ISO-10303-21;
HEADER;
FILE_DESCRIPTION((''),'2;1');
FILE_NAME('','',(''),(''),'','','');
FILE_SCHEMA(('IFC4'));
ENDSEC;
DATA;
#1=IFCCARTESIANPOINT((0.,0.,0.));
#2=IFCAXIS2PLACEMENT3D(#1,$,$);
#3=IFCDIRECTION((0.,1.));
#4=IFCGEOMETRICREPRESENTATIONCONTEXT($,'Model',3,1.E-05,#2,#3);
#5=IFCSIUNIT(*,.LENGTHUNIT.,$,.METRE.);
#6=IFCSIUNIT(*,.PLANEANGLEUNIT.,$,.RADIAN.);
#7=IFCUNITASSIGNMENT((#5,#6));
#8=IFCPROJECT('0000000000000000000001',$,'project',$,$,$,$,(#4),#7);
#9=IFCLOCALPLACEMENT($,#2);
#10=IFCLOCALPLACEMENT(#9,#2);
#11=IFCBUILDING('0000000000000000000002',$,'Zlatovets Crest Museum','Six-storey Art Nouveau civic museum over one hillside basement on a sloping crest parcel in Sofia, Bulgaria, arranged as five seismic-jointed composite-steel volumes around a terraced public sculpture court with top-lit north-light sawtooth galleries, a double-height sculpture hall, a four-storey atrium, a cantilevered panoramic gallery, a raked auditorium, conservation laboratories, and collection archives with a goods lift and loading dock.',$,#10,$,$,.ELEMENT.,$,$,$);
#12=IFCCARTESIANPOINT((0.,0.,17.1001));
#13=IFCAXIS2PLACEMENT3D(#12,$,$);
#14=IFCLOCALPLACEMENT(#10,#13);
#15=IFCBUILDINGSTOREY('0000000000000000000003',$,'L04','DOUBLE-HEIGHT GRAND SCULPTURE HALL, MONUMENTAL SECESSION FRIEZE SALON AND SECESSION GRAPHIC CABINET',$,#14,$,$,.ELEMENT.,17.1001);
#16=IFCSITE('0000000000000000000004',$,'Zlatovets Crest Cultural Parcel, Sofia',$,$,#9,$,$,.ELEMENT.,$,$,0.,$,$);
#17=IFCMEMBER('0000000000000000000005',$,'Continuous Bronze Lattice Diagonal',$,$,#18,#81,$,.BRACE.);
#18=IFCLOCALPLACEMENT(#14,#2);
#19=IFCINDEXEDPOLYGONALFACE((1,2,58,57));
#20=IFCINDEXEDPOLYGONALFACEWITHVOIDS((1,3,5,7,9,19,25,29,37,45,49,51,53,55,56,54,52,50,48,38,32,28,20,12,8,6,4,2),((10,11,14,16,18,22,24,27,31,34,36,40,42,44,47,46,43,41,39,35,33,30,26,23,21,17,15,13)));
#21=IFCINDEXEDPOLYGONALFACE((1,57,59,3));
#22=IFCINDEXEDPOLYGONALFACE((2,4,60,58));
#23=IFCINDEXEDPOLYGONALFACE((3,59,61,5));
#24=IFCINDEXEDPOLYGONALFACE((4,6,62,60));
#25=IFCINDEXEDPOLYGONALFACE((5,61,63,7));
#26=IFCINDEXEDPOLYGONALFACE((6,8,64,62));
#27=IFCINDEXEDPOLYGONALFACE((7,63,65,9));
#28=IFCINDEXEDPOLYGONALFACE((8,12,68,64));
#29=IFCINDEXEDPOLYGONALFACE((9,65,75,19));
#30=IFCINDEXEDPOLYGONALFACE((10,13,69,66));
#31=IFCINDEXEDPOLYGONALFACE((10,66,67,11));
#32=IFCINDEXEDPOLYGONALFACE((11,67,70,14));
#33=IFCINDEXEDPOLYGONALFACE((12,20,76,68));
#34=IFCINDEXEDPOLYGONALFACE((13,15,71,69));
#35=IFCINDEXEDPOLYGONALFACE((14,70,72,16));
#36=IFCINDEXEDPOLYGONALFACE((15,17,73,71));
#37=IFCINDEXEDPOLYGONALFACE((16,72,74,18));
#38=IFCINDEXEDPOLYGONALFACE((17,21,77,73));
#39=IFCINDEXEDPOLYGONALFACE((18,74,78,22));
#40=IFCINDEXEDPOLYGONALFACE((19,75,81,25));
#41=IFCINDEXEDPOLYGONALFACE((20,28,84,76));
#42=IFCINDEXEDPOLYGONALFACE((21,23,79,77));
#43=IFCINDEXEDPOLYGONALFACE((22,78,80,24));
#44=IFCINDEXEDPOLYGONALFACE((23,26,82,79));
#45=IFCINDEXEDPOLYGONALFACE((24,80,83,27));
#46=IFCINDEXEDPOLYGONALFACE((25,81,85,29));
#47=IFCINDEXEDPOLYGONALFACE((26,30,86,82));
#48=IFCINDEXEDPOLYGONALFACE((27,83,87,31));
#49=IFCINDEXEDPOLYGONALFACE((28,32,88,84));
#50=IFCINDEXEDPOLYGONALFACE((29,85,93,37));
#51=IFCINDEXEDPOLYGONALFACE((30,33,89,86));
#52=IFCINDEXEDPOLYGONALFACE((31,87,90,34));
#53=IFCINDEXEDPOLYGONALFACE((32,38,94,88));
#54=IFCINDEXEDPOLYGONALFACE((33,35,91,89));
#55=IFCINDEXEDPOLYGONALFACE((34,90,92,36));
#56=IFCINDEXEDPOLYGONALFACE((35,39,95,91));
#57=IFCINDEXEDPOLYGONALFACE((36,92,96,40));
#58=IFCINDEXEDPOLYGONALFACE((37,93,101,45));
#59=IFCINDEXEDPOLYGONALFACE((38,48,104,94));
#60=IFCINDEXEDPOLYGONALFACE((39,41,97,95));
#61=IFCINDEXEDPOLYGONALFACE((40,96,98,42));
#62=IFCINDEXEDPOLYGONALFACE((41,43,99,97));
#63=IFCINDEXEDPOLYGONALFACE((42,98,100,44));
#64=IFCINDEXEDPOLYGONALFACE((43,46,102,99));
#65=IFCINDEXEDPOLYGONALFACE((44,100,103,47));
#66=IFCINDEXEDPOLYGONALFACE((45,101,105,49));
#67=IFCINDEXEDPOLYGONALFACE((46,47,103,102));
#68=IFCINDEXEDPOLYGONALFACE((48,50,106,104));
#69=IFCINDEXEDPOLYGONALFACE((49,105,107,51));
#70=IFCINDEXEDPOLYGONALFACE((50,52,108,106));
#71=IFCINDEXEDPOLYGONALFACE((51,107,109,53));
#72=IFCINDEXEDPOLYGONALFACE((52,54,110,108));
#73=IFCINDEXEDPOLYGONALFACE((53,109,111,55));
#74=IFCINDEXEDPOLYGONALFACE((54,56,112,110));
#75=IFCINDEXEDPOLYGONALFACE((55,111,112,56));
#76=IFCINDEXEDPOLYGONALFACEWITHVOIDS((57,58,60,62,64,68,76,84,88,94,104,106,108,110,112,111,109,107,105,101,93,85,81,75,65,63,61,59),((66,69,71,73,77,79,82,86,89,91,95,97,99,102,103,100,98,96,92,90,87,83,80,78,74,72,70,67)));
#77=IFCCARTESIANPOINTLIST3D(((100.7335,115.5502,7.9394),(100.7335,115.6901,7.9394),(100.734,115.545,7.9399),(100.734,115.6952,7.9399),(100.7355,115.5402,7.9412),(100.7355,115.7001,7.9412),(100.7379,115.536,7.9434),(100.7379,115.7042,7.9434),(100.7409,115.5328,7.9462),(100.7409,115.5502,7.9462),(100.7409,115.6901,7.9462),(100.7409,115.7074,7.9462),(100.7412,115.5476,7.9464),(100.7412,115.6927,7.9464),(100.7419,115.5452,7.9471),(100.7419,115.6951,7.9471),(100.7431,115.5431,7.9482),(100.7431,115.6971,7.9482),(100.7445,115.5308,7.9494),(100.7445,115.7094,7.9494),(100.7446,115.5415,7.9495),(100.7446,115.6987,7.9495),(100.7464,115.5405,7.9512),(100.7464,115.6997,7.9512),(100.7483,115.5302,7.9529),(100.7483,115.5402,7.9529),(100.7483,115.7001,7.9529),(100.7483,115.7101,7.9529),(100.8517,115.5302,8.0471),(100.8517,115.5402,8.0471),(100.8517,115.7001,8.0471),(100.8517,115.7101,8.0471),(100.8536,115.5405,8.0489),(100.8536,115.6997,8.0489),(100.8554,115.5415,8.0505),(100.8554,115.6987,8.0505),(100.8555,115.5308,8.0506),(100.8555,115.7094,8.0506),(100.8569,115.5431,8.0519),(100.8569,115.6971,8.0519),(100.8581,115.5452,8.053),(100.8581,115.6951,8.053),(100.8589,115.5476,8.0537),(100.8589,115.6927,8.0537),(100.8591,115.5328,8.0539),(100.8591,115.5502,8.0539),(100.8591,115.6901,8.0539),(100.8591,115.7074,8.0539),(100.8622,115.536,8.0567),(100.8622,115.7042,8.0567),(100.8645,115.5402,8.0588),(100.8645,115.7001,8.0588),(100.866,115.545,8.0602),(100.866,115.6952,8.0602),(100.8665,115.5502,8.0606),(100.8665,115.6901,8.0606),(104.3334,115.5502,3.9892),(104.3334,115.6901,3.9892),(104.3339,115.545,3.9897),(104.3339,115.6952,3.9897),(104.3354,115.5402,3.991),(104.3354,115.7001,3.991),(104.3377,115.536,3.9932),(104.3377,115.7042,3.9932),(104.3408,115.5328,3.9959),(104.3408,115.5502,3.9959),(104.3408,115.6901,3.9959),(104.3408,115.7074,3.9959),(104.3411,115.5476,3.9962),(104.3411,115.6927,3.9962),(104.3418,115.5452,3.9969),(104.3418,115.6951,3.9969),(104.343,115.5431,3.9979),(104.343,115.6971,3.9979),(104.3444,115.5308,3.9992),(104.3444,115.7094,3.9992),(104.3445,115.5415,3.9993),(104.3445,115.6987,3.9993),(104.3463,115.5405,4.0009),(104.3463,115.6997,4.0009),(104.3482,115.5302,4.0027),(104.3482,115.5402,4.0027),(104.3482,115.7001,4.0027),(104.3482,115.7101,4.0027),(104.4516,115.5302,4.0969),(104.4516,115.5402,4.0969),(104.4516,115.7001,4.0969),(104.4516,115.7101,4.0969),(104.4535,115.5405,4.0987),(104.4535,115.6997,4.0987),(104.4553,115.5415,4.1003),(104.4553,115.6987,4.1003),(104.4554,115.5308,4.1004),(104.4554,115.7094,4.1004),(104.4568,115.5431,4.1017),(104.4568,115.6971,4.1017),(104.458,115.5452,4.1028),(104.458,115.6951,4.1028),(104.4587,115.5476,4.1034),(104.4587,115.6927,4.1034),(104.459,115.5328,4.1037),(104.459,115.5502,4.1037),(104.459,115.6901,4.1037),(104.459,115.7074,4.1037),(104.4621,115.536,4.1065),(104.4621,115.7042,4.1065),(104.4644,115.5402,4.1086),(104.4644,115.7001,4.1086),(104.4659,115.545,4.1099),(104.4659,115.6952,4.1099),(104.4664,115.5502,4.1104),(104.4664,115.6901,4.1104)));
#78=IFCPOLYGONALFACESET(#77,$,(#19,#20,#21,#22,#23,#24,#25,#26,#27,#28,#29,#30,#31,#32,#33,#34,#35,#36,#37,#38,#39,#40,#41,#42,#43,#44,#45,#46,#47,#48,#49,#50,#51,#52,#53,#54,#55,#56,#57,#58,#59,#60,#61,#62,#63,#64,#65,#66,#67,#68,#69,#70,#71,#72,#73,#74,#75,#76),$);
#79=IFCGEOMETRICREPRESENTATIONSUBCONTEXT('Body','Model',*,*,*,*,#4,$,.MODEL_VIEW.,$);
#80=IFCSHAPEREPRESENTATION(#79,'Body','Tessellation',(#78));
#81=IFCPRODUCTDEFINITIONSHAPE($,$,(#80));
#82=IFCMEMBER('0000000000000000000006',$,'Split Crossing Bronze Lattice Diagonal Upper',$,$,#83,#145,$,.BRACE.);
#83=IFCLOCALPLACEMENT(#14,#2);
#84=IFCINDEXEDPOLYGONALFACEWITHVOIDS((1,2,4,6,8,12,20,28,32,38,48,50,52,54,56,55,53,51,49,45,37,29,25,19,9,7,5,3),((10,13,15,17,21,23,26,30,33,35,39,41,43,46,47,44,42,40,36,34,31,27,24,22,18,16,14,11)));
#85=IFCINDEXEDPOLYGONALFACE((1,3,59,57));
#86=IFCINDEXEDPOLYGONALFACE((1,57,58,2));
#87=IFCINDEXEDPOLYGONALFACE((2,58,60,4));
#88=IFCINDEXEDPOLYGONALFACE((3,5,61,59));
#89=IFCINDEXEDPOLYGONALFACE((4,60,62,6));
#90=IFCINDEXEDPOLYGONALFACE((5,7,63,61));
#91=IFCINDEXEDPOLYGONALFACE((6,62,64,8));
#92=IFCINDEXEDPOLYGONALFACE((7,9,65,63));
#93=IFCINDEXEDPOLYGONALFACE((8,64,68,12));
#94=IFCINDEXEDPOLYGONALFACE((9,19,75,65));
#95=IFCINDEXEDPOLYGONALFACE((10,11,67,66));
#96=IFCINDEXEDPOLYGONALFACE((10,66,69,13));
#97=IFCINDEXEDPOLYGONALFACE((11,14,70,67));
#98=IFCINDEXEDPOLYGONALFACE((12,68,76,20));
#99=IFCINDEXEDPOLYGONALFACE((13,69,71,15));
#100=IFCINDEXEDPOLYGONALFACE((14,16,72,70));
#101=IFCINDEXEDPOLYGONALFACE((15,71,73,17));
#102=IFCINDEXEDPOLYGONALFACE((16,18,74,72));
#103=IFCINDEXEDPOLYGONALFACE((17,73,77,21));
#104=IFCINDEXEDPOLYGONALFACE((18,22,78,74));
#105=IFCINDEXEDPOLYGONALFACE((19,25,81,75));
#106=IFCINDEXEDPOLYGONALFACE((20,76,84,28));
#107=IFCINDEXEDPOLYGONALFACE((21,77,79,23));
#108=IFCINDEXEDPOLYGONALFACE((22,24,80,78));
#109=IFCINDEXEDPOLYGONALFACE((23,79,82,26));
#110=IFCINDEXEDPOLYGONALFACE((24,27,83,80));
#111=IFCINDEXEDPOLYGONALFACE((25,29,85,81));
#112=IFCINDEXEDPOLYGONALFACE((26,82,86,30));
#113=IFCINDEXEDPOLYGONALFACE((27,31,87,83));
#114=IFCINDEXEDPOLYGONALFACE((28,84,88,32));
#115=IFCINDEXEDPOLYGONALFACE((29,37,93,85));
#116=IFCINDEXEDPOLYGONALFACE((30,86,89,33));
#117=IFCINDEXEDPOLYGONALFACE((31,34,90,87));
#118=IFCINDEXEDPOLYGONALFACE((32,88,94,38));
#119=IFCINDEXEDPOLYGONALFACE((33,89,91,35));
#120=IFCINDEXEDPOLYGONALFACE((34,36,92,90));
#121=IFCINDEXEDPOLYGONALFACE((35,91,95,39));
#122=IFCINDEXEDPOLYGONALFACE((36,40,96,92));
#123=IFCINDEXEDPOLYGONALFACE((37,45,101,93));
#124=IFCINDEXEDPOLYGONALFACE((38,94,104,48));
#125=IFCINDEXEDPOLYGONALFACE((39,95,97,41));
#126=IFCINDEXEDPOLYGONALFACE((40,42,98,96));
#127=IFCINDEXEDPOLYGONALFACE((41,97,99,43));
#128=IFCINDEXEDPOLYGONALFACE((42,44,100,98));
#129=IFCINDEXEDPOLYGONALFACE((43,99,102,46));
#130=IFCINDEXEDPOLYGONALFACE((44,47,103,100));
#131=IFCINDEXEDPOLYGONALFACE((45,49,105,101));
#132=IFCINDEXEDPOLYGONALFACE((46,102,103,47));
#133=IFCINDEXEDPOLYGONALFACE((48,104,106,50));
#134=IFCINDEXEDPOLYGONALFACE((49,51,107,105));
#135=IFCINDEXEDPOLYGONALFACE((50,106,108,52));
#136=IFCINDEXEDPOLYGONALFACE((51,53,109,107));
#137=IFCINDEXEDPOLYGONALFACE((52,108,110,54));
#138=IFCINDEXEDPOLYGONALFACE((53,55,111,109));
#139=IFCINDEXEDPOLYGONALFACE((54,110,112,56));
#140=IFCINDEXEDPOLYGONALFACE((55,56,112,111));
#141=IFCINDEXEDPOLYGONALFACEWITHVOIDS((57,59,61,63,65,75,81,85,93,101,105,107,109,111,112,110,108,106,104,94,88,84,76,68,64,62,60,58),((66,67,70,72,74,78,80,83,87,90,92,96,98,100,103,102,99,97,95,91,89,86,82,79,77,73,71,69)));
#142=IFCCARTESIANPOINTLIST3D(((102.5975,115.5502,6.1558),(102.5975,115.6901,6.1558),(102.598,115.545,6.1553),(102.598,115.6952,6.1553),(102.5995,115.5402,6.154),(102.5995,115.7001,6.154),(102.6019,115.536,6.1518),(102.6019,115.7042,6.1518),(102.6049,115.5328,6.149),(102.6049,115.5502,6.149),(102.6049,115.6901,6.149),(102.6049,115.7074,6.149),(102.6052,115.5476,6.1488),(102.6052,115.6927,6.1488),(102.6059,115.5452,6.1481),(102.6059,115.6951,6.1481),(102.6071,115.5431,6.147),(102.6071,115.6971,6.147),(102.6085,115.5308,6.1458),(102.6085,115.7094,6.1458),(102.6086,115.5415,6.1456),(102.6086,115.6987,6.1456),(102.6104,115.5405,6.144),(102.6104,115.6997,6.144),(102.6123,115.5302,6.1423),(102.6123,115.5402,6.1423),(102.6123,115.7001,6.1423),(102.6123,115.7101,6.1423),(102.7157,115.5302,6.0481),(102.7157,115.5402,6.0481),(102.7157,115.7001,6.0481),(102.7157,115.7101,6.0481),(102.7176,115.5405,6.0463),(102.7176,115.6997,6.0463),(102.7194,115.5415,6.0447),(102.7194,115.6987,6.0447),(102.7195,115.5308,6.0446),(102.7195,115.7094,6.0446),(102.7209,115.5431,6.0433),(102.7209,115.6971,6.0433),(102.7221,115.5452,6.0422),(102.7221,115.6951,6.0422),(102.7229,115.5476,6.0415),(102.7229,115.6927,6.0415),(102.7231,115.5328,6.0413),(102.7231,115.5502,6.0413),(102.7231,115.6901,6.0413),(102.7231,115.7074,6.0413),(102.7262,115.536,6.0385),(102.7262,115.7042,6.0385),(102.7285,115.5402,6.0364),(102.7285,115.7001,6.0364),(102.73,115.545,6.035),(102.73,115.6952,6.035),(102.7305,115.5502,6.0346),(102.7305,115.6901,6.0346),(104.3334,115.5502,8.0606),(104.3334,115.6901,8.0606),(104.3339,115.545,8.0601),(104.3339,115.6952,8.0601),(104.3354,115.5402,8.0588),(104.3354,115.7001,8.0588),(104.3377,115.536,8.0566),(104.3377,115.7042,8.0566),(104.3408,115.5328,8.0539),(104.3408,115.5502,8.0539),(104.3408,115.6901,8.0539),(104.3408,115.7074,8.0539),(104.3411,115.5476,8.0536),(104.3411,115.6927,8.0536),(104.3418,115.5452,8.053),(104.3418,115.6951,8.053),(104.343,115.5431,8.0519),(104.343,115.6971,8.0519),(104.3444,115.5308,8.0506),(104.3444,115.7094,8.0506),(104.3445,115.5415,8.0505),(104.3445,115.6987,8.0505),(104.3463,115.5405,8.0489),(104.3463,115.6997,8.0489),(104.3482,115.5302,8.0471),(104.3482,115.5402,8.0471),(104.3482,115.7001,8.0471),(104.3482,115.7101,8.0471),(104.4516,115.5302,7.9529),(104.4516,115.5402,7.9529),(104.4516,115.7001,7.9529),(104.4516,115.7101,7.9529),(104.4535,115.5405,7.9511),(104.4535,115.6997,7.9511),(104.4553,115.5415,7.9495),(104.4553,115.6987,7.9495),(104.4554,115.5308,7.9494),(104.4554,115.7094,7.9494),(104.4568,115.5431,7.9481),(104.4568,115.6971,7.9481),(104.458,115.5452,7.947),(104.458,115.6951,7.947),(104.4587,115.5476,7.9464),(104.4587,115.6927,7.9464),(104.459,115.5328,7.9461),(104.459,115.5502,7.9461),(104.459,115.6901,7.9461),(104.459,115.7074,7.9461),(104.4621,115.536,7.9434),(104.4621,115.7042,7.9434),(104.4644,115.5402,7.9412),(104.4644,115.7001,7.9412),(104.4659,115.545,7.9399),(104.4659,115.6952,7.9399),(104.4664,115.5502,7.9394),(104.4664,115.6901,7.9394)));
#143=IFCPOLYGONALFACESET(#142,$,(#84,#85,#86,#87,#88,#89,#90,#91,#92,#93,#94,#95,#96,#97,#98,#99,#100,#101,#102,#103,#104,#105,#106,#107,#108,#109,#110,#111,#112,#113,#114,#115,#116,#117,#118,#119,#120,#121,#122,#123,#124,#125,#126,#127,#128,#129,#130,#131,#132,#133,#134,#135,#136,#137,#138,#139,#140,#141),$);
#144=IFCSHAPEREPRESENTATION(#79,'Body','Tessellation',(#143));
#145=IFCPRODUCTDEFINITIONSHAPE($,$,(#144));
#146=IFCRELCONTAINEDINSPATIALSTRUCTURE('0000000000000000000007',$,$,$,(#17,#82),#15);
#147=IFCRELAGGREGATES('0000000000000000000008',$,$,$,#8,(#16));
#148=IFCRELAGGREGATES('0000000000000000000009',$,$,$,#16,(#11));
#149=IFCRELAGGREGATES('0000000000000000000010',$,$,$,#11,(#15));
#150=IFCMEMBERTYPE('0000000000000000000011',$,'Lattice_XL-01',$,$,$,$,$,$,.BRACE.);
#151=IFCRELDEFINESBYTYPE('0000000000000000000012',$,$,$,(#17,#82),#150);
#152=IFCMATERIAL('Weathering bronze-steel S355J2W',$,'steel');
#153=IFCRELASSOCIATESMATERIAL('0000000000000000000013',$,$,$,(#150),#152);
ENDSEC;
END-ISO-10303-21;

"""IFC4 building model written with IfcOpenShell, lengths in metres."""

from ifc_helpers import new_model, si_unit, direction, frame, origin, origin_2d, place, context, subcontext, project, spatial, hollow_rectangle, extrude, material, material_profile, profile_set, type_object, element, save


model = new_model("IFC4")

# Units and contexts
model_context = context("Model", 3, precision=1e-05, world=origin(), true_north=direction((0.0, 1.0)))
body_context = subcontext(model_context, "Body", "Model", "MODEL_VIEW")
ifc_project = project(units=[si_unit("LENGTHUNIT", "METRE"), si_unit("PLANEANGLEUNIT", "RADIAN")], contexts=[model_context])

# Site, building, storey
site_placement = place(None, origin())
site = spatial("IfcSite", under=ifc_project, at=site_placement, Name="Zlatovets Crest Cultural Parcel, Sofia", CompositionType="ELEMENT", RefElevation=0.0)
building_placement = place(site_placement, origin())
building = spatial("IfcBuilding", under=site, at=building_placement, Name="Zlatovets Crest Museum", Description="Six-storey Art Nouveau civic museum over one hillside basement on a sloping crest parcel in Sofia, Bulgaria, arranged as five seismic-jointed composite-steel volumes around a terraced public sculpture court with top-lit north-light sawtooth galleries, a double-height sculpture hall, a four-storey atrium, a cantilevered panoramic gallery, a raked auditorium, conservation laboratories, and collection archives with a goods lift and loading dock.", CompositionType="ELEMENT")
storey_placement = place(building_placement, frame((0.0, 0.0, 17.1001)))
storey = spatial("IfcBuildingStorey", under=building, at=storey_placement, Name="L04", Description="DOUBLE-HEIGHT GRAND SCULPTURE HALL, MONUMENTAL SECESSION FRIEZE SALON AND SECESSION GRAPHIC CABINET", CompositionType="ELEMENT", Elevation=17.1001)

# Members
ifc_material_1 = material(Name="Weathering bronze-steel S355J2W", Category="steel")
ifc_material_profile_1 = material_profile(ifc_material_1, hollow_rectangle(XDim=0.1799, YDim=0.1799, WallThickness=0.01, InnerFilletRadius=0.01, OuterFilletRadius=0.02, at=origin_2d()), Name="SHS 180x180x10.0")
ifc_profile_set_1 = profile_set([ifc_material_profile_1], Name="Weathering bronze-steel S355J2W")
member_type_1 = type_object("IfcMemberType", Name="Lattice_XL-01", PredefinedType="BRACE", material=ifc_profile_set_1)
member_1_placement = place(storey_placement, frame((104.3999, 115.6201, 4.0498), z_axis=(-0.67357, 0.0, 0.739123), x_axis=(0.0, -1.0, 0.0)))
element("IfcMember", 1, at=member_1_placement, inside=storey, type_object=member_type_1, Name="Continuous Bronze Lattice Diagonal", PredefinedType="BRACE", context=body_context, shape_type="SweptSolid", body=[
    extrude(hollow_rectangle(XDim=0.1799, YDim=0.1799, WallThickness=0.01, InnerFilletRadius=0.01, OuterFilletRadius=0.02, at=origin_2d()), origin(), (0.0, 0.0, 1.0), 5.3445),
])
for number, where, z_axis, x_axis, name in (
    (2, (104.3999, 115.6201, 8.0), (-0.673568, 0.0, -0.739125), (0.0, -1.0, 0.0), "Split Crossing Bronze Lattice Diagonal Upper"),
):
    element("IfcMember", number, at=place(storey_placement, frame(where, z_axis=z_axis, x_axis=x_axis)), inside=storey, type_object=member_type_1, Name=name, PredefinedType="BRACE", context=body_context, shape_type="SweptSolid", body=[
        extrude(hollow_rectangle(XDim=0.1799, YDim=0.1799, WallThickness=0.01, InnerFilletRadius=0.01, OuterFilletRadius=0.02, at=origin_2d()), origin(), (0.0, 0.0, 1.0), 2.5771),
    ])

save(model, "model.ifc")
